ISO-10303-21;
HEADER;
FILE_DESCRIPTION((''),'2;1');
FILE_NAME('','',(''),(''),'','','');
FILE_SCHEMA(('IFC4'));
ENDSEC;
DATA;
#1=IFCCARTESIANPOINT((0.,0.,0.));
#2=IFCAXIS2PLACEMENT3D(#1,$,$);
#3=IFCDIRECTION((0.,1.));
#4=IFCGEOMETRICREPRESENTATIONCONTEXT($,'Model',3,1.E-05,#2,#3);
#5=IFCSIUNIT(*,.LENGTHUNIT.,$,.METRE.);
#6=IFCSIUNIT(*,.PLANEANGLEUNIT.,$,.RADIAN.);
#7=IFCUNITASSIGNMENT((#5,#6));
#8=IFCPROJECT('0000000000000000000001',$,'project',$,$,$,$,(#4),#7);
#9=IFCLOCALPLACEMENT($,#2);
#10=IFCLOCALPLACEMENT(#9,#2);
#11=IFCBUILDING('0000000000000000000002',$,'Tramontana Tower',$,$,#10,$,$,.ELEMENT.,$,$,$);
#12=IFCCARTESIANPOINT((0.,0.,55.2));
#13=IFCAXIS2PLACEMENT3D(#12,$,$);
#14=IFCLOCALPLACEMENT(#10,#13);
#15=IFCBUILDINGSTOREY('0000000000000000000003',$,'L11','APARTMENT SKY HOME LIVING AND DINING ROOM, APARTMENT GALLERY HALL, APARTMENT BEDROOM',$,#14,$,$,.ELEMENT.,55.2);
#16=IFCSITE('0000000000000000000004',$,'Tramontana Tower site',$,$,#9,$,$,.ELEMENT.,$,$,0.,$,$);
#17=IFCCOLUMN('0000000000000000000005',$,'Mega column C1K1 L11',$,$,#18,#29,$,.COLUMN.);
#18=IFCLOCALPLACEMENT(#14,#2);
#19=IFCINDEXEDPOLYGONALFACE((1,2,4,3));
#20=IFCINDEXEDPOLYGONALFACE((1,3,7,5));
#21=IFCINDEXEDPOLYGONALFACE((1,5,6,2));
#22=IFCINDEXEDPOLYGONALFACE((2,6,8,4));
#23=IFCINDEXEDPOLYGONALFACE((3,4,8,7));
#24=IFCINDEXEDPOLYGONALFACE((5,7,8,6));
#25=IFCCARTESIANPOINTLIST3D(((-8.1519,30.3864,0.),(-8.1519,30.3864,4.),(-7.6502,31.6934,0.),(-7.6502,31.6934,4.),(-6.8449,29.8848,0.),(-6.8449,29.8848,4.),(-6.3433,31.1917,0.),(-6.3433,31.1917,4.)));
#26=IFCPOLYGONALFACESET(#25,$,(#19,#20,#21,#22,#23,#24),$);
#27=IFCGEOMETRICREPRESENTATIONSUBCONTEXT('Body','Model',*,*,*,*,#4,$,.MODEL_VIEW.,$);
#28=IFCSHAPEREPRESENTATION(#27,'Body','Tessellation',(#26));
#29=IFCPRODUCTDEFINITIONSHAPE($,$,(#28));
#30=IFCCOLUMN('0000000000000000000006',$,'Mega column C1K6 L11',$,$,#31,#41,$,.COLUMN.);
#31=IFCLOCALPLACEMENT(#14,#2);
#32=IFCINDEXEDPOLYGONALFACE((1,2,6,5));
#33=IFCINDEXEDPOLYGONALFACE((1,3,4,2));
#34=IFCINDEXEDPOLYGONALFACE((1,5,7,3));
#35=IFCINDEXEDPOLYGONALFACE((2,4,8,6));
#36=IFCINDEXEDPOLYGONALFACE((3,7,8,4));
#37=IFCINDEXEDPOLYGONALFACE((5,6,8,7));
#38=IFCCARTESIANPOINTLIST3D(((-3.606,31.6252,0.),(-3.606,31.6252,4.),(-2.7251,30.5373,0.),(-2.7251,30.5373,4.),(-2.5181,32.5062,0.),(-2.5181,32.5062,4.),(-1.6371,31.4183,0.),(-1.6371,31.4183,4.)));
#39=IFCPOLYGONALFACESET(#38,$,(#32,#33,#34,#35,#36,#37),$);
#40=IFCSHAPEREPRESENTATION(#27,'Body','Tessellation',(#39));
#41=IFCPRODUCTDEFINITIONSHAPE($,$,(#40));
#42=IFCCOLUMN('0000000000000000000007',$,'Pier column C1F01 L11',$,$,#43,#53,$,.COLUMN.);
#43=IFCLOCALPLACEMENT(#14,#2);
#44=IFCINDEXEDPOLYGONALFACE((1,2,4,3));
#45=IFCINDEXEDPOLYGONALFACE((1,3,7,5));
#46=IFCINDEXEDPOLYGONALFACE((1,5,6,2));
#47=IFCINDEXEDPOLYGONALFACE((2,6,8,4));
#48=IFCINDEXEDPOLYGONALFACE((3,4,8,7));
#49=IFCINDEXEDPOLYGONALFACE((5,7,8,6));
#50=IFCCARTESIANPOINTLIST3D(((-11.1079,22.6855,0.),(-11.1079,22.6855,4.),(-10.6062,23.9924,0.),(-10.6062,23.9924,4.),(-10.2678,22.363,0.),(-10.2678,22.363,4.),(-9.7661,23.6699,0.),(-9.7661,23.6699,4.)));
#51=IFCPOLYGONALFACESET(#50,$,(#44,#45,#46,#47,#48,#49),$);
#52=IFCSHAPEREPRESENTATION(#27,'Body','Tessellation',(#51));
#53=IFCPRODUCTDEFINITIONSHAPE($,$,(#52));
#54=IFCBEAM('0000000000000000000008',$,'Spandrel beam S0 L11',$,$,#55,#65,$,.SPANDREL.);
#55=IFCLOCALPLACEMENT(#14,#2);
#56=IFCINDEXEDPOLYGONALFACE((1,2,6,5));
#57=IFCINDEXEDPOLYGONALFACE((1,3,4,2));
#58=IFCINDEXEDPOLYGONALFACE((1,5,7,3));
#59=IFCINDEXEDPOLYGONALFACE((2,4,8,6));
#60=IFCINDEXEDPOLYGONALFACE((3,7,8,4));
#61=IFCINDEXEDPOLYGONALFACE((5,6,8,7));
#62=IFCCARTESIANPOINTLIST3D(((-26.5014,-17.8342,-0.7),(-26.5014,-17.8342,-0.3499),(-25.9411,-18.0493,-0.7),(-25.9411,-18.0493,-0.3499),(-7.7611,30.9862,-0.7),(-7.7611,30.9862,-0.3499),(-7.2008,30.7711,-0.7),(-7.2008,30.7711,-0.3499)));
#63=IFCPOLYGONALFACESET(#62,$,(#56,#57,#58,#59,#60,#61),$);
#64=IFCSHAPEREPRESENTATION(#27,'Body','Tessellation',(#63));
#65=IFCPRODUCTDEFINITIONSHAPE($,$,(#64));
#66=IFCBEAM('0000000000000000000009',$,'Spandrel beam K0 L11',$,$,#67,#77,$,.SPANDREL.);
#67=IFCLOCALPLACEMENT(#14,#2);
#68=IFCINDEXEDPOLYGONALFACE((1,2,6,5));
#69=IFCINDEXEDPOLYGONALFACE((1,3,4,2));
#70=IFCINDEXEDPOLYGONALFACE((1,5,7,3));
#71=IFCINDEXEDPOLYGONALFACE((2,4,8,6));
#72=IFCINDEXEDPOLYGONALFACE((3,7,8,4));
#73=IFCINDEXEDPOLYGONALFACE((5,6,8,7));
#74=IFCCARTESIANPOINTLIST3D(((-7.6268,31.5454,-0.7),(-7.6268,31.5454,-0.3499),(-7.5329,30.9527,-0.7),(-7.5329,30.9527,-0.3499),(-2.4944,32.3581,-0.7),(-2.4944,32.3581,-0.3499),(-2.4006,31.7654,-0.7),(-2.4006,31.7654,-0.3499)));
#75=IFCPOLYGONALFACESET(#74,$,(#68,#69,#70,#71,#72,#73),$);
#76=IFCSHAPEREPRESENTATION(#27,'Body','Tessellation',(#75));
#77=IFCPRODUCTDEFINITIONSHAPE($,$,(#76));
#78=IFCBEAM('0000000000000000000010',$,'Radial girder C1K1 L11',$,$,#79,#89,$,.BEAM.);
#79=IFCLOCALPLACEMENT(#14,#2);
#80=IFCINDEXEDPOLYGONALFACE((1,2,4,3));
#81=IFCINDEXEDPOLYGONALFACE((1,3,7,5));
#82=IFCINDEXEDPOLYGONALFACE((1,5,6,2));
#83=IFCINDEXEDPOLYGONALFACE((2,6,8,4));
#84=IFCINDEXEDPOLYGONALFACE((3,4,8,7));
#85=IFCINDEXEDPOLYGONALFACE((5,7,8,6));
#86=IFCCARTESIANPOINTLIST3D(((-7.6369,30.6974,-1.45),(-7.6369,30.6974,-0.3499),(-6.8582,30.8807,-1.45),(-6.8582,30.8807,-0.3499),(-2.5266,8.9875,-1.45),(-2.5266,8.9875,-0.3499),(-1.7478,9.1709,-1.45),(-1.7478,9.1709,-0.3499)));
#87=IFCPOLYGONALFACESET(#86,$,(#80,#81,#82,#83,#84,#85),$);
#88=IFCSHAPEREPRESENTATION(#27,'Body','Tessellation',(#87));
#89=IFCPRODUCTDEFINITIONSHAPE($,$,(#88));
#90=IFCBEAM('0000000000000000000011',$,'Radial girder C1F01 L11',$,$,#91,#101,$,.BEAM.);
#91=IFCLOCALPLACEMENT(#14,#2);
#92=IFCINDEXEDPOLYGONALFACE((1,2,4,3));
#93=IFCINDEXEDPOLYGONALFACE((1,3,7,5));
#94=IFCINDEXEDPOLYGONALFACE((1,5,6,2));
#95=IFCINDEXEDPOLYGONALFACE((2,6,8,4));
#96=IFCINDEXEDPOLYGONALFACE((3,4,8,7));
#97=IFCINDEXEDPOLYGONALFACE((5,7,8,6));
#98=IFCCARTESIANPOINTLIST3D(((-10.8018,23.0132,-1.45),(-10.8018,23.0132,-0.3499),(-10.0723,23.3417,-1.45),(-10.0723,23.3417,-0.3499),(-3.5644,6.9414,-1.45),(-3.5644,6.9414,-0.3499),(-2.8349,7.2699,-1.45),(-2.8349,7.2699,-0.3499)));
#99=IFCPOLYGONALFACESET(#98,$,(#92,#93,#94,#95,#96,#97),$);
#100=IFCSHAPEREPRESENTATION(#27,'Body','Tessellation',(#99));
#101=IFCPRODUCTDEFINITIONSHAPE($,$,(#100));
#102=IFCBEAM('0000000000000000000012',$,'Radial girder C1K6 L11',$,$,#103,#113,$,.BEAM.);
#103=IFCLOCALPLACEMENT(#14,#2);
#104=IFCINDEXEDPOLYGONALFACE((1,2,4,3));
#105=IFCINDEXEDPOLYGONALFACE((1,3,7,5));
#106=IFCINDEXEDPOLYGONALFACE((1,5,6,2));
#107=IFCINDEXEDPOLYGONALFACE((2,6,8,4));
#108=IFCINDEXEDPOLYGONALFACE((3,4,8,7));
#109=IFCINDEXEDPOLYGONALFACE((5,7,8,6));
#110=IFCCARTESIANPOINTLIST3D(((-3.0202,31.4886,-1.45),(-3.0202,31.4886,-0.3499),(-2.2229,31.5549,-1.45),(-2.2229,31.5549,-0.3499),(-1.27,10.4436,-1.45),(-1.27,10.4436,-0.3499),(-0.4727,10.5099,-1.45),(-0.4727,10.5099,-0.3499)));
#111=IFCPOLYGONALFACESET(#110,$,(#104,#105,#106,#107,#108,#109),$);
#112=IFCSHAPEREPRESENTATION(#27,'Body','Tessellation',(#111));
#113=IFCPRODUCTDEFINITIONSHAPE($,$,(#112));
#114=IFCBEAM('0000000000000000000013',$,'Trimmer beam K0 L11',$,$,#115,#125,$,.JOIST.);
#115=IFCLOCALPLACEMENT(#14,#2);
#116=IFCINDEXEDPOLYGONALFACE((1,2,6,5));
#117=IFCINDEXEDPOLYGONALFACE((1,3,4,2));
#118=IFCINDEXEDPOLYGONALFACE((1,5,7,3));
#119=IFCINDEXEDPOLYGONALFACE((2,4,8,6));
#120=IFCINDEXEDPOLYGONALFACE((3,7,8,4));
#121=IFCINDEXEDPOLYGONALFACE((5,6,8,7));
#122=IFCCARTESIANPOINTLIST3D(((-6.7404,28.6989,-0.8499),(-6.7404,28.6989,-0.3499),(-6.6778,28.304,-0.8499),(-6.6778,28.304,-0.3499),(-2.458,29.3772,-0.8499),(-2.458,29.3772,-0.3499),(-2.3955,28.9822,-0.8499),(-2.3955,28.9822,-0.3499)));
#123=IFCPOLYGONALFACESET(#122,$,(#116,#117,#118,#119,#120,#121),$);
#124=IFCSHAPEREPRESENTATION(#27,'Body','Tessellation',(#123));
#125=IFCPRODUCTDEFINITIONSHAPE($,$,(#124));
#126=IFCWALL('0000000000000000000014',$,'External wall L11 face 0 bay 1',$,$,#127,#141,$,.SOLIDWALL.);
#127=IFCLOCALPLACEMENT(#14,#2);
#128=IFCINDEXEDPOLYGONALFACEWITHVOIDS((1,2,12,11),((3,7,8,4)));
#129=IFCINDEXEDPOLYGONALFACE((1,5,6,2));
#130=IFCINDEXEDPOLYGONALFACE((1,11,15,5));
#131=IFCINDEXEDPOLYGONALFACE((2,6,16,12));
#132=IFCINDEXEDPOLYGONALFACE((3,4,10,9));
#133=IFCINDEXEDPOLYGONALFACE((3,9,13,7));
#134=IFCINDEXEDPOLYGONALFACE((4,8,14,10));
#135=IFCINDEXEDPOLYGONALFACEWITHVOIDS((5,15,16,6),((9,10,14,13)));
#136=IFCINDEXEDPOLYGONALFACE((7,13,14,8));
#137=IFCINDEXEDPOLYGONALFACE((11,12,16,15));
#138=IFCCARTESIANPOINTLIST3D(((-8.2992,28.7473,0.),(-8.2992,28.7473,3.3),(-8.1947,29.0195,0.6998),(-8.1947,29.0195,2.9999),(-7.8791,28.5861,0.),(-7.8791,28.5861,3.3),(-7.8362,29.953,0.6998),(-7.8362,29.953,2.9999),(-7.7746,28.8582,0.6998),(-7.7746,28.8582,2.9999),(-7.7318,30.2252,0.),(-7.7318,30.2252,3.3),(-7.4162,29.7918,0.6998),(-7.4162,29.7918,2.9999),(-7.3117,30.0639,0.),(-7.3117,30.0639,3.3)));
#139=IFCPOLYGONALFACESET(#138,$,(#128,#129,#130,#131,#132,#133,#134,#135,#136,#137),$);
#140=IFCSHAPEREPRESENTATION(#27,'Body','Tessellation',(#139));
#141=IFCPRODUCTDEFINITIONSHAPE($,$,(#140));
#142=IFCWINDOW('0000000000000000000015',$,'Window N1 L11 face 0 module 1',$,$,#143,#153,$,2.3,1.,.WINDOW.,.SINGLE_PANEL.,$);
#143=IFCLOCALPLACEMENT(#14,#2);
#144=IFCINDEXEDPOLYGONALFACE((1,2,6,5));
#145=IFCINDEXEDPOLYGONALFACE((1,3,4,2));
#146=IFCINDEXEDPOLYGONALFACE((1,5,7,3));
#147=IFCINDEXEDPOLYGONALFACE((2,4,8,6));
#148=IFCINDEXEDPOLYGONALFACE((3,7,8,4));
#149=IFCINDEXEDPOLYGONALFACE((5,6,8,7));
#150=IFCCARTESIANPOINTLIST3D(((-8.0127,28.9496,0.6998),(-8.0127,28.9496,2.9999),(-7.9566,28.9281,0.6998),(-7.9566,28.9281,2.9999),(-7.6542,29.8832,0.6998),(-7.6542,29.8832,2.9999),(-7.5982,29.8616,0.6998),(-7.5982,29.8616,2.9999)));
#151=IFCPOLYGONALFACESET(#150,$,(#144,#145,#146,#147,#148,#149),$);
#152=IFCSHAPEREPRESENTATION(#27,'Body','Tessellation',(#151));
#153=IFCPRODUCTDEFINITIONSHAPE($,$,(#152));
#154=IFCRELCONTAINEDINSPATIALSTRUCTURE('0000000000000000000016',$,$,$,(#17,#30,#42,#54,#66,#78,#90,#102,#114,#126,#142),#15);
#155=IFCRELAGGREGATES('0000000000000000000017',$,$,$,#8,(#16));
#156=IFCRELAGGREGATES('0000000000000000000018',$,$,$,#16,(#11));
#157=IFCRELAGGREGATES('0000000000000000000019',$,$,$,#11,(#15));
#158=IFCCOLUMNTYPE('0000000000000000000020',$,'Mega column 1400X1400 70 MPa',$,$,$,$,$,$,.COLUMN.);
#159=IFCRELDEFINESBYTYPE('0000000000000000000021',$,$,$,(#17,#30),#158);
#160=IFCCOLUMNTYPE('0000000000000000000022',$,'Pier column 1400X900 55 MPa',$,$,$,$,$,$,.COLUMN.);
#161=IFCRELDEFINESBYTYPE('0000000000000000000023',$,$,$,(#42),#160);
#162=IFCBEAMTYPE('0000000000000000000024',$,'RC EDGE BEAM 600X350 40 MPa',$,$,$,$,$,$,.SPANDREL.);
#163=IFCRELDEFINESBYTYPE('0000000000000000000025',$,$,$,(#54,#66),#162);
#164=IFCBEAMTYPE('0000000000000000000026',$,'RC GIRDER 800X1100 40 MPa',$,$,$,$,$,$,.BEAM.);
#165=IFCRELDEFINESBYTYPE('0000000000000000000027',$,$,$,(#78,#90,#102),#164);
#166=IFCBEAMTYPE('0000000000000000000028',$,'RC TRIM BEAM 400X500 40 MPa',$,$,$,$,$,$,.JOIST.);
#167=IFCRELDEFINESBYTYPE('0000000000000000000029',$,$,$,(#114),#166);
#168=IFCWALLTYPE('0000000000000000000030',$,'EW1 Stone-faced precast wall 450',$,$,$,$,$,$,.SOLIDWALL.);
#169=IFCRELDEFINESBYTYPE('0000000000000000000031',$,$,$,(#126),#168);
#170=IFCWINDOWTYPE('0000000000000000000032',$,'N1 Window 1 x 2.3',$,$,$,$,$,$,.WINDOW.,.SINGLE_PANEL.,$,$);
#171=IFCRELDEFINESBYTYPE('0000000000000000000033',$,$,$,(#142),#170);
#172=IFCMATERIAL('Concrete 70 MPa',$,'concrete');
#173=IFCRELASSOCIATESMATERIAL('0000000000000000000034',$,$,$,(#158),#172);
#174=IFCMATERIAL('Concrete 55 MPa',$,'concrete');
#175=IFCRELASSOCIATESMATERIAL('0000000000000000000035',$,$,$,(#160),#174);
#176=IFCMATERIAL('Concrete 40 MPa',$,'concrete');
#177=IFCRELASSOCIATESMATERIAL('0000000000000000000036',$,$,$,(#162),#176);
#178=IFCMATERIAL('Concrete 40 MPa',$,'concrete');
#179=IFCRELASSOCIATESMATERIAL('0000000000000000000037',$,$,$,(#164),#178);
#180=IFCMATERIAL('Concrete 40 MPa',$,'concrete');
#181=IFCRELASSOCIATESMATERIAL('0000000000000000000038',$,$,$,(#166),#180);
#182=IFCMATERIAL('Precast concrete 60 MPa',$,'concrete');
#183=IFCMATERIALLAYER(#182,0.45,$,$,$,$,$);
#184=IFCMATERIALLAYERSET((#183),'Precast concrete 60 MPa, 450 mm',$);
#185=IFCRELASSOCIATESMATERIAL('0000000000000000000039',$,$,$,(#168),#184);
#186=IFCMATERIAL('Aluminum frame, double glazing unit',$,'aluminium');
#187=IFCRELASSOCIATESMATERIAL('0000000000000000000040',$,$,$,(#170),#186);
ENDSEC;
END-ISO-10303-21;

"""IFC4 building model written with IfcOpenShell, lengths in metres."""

from ifc_helpers import new_model, si_unit, direction, frame, frame_2d, origin, origin_2d, place, context, subcontext, project, spatial, rectangle, extrude, material, layer, layer_set, material_profile, profile_set, type_object, element, fill, save


model = new_model("IFC4")

# Units and contexts
model_context = context("Model", 3, precision=1e-05, world=origin(), true_north=direction((0.0, 1.0)))
body_context = subcontext(model_context, "Body", "Model", "MODEL_VIEW")
ifc_project = project(units=[si_unit("LENGTHUNIT", "METRE"), si_unit("PLANEANGLEUNIT", "RADIAN")], contexts=[model_context])

# Site, building, storey
site_placement = place(None, origin())
site = spatial("IfcSite", under=ifc_project, at=site_placement, Name="Tramontana Tower site", CompositionType="ELEMENT", RefElevation=0.0)
building_placement = place(site_placement, origin())
building = spatial("IfcBuilding", under=site, at=building_placement, Name="Tramontana Tower", CompositionType="ELEMENT")
storey_placement = place(building_placement, frame((0.0, 0.0, 55.2)))
storey = spatial("IfcBuildingStorey", under=building, at=storey_placement, Name="L11", Description="APARTMENT SKY HOME LIVING AND DINING ROOM, APARTMENT GALLERY HALL, APARTMENT BEDROOM", CompositionType="ELEMENT", Elevation=55.2)

# Columns
ifc_material_1 = material(Name="Concrete 70 MPa", Category="concrete")
ifc_material_profile_1 = material_profile(ifc_material_1, rectangle(XDim=1.3999, YDim=1.3999, at=origin_2d()), Name="Mega column 1400X1400 70 MPa")
ifc_profile_set_1 = profile_set([ifc_material_profile_1], Name="Concrete 70 MPa")
column_type_1 = type_object("IfcColumnType", Name="Mega column 1400X1400 70 MPa", PredefinedType="COLUMN", material=ifc_profile_set_1)
for number, where, z_axis, x_axis, name in (
    (1, (-7.2476, 30.7891, 0.0), (0.0, 0.0, 1.0), (-0.358368, -0.93358, 0.0), "Mega column C1K1 L11"),
    (2, (-2.6216, 31.5217, 0.0), (0.0, 0.0, 1.0), (-0.62932, 0.777146, 0.0), "Mega column C1K6 L11"),
):
    element("IfcColumn", number, at=place(storey_placement, frame(where, z_axis=z_axis, x_axis=x_axis)), inside=storey, type_object=column_type_1, Name=name, PredefinedType="COLUMN", context=body_context, shape_type="SweptSolid", body=[
        extrude(rectangle(XDim=1.3999, YDim=1.3999, at=origin_2d()), origin(), (0.0, 0.0, 1.0), 4.0),
    ])
ifc_material_2 = material(Name="Concrete 55 MPa", Category="concrete")
ifc_material_profile_2 = material_profile(ifc_material_2, rectangle(XDim=1.3999, YDim=0.8999, at=origin_2d()), Name="Pier column 1400X900 55 MPa")
ifc_profile_set_2 = profile_set([ifc_material_profile_2], Name="Concrete 55 MPa")
column_type_2 = type_object("IfcColumnType", Name="Pier column 1400X900 55 MPa", PredefinedType="COLUMN", material=ifc_profile_set_2)
column_placement = place(storey_placement, frame((-10.437, 23.1777, 0.0), z_axis=(0.0, 0.0, 1.0), x_axis=(-0.358368, -0.93358, 0.0)))
element("IfcColumn", 3, at=column_placement, inside=storey, type_object=column_type_2, Name="Pier column C1F01 L11", PredefinedType="COLUMN", context=body_context, shape_type="SweptSolid", body=[
    extrude(rectangle(XDim=1.3999, YDim=0.8999, at=origin_2d()), origin(), (0.0, 0.0, 1.0), 4.0),
])

# Beams
ifc_material_3 = material(Name="Concrete 40 MPa", Category="concrete")
ifc_material_profile_3 = material_profile(ifc_material_3, rectangle(XDim=0.6001, YDim=0.3501, at=origin_2d()), Name="RC EDGE BEAM 600X350 40 MPa")
ifc_profile_set_3 = profile_set([ifc_material_profile_3], Name="Concrete 40 MPa")
beam_type_1 = type_object("IfcBeamType", Name="RC EDGE BEAM 600X350 40 MPa", PredefinedType="SPANDREL", material=ifc_profile_set_3)
beam_1_placement = place(storey_placement, frame((-7.481, 30.8787, -0.5249), z_axis=(-0.358366, -0.933581, 0.0), x_axis=(0.933581, -0.358366, 0.0)))
element("IfcBeam", 4, at=beam_1_placement, inside=storey, type_object=beam_type_1, Name="Spandrel beam S0 L11", PredefinedType="SPANDREL", context=body_context, shape_type="SweptSolid", body=[
    extrude(rectangle(XDim=0.6001, YDim=0.3501, at=origin_2d()), origin(), (0.0, 0.0, 1.0), 52.2937),
])
beam_2_placement = place(storey_placement, frame((-2.4475, 32.0618, -0.5249), z_axis=(-0.987692, -0.156409, 0.0), x_axis=(0.156409, -0.987692, 0.0)))
element("IfcBeam", 5, at=beam_2_placement, inside=storey, type_object=beam_type_1, Name="Spandrel beam K0 L11", PredefinedType="SPANDREL", context=body_context, shape_type="SweptSolid", body=[
    extrude(rectangle(XDim=0.6001, YDim=0.3501, at=origin_2d()), origin(), (0.0, 0.0, 1.0), 5.1963),
])
ifc_material_4 = material(Name="Concrete 40 MPa", Category="concrete")
ifc_material_profile_4 = material_profile(ifc_material_4, rectangle(XDim=0.8, YDim=1.1001, at=origin_2d()), Name="RC GIRDER 800X1100 40 MPa")
ifc_profile_set_4 = profile_set([ifc_material_profile_4], Name="Concrete 40 MPa")
beam_type_2 = type_object("IfcBeamType", Name="RC GIRDER 800X1100 40 MPa", PredefinedType="BEAM", material=ifc_profile_set_4)
beam_3_placement = place(storey_placement, frame((-7.2476, 30.7891, -0.8999), z_axis=(0.22913, -0.973396, 0.0), x_axis=(0.973396, 0.22913, 0.0)))
element("IfcBeam", 6, at=beam_3_placement, inside=storey, type_object=beam_type_2, Name="Radial girder C1K1 L11", PredefinedType="BEAM", context=body_context, shape_type="SweptSolid", body=[
    extrude(rectangle(XDim=0.8, YDim=1.1001, at=origin_2d()), origin(), (0.0, 0.0, 1.0), 22.3032),
])
beam_4_placement = place(storey_placement, frame((-10.437, 23.1775, -0.8999), z_axis=(0.410601, -0.911815, 0.0), x_axis=(0.911815, 0.410601, 0.0)))
element("IfcBeam", 7, at=beam_4_placement, inside=storey, type_object=beam_type_2, Name="Radial girder C1F01 L11", PredefinedType="BEAM", context=body_context, shape_type="SweptSolid", body=[
    extrude(rectangle(XDim=0.8, YDim=1.1001, at=origin_2d()), origin(), (0.0, 0.0, 1.0), 17.6262),
])
beam_5_placement = place(storey_placement, frame((-2.6216, 31.5217, -0.8999), z_axis=(0.082881, -0.996559, 0.0), x_axis=(0.996559, 0.082881, 0.0)))
element("IfcBeam", 8, at=beam_5_placement, inside=storey, type_object=beam_type_2, Name="Radial girder C1K6 L11", PredefinedType="BEAM", context=body_context, shape_type="SweptSolid", body=[
    extrude(rectangle(XDim=0.8, YDim=1.1001, at=origin_2d()), origin(), (0.0, 0.0, 1.0), 21.1177),
])
ifc_material_5 = material(Name="Concrete 40 MPa", Category="concrete")
ifc_material_profile_5 = material_profile(ifc_material_5, rectangle(XDim=0.3999, YDim=0.5, at=origin_2d()), Name="RC TRIM BEAM 400X500 40 MPa")
ifc_profile_set_5 = profile_set([ifc_material_profile_5], Name="Concrete 40 MPa")
beam_type_3 = type_object("IfcBeamType", Name="RC TRIM BEAM 400X500 40 MPa", PredefinedType="JOIST", material=ifc_profile_set_5)
beam_6_placement = place(storey_placement, frame((-2.4268, 29.1797, -0.5999), z_axis=(-0.987689, -0.156431, 0.0), x_axis=(0.156431, -0.987689, 0.0)))
element("IfcBeam", 9, at=beam_6_placement, inside=storey, type_object=beam_type_3, Name="Trimmer beam K0 L11", PredefinedType="JOIST", context=body_context, shape_type="SweptSolid", body=[
    extrude(rectangle(XDim=0.3999, YDim=0.5, at=origin_2d()), origin(), (0.0, 0.0, 1.0), 4.3357),
])

# Wall, opening, window
ifc_material_6 = material(Name="Precast concrete 60 MPa", Category="concrete")
ifc_layer_1 = layer(ifc_material_6, 0.45)
ifc_layer_set_1 = layer_set([ifc_layer_1], Name="Precast concrete 60 MPa, 450 mm")
wall_type_1 = type_object("IfcWallType", Name="EW1 Stone-faced precast wall 450", PredefinedType="SOLIDWALL", material=ifc_layer_set_1)
wall_1_placement = place(storey_placement, frame((-7.5217, 30.1445, 0.0), z_axis=(0.0, 0.0, 1.0), x_axis=(-0.358431, -0.933556, 0.0)))
wall_1 = element("IfcWall", 10, at=wall_1_placement, inside=storey, type_object=wall_type_1, Name="External wall L11 face 0 bay 1", PredefinedType="SOLIDWALL", context=body_context, shape_type="SweptSolid", body=[
    extrude(rectangle(XDim=1.583, YDim=0.45, at=frame_2d((0.7915, 0.0))), origin(), (0.0, 0.0, 1.0), 3.3),
])
opening_1_placement = place(wall_1_placement, frame((0.2915, 0.0, 0.7)))
opening_1 = element("IfcOpeningElement", 11, at=opening_1_placement, cuts=wall_1, PredefinedType="OPENING", context=body_context, shape_type="SweptSolid", body=[
    extrude(rectangle(XDim=1.0, YDim=2.3, at=frame_2d((0.5, 1.1499))), frame((0.0, 0.2349, 0.0), z_axis=(0.0, -1.0, 0.0), x_axis=(1.0, 0.0, 0.0)), (0.0, 0.0, 1.0), 0.47),
])
ifc_material_7 = material(Name="Aluminum frame, double glazing unit", Category="aluminium")
window_type_1 = type_object("IfcWindowType", Name="N1 Window 1 x 2.3", PartitioningType="SINGLE_PANEL", PredefinedType="WINDOW", material=ifc_material_7)
window_1_placement = place(opening_1_placement, origin())
window_1 = element("IfcWindow", 12, at=window_1_placement, inside=storey, type_object=window_type_1, Name="Window N1 L11 face 0 module 1", OverallHeight=2.3, OverallWidth=1.0, PartitioningType="SINGLE_PANEL", PredefinedType="WINDOW", context=body_context, shape_type="SweptSolid", body=[
    extrude(rectangle(XDim=1.0, YDim=2.3, at=frame_2d((0.5, 1.1499))), frame((0.0, 0.03, 0.0), z_axis=(0.0, -1.0, 0.0), x_axis=(1.0, 0.0, 0.0)), (0.0, 0.0, 1.0), 0.0601),
])
fill(opening_1, window_1)

save(model, "model.ifc")
